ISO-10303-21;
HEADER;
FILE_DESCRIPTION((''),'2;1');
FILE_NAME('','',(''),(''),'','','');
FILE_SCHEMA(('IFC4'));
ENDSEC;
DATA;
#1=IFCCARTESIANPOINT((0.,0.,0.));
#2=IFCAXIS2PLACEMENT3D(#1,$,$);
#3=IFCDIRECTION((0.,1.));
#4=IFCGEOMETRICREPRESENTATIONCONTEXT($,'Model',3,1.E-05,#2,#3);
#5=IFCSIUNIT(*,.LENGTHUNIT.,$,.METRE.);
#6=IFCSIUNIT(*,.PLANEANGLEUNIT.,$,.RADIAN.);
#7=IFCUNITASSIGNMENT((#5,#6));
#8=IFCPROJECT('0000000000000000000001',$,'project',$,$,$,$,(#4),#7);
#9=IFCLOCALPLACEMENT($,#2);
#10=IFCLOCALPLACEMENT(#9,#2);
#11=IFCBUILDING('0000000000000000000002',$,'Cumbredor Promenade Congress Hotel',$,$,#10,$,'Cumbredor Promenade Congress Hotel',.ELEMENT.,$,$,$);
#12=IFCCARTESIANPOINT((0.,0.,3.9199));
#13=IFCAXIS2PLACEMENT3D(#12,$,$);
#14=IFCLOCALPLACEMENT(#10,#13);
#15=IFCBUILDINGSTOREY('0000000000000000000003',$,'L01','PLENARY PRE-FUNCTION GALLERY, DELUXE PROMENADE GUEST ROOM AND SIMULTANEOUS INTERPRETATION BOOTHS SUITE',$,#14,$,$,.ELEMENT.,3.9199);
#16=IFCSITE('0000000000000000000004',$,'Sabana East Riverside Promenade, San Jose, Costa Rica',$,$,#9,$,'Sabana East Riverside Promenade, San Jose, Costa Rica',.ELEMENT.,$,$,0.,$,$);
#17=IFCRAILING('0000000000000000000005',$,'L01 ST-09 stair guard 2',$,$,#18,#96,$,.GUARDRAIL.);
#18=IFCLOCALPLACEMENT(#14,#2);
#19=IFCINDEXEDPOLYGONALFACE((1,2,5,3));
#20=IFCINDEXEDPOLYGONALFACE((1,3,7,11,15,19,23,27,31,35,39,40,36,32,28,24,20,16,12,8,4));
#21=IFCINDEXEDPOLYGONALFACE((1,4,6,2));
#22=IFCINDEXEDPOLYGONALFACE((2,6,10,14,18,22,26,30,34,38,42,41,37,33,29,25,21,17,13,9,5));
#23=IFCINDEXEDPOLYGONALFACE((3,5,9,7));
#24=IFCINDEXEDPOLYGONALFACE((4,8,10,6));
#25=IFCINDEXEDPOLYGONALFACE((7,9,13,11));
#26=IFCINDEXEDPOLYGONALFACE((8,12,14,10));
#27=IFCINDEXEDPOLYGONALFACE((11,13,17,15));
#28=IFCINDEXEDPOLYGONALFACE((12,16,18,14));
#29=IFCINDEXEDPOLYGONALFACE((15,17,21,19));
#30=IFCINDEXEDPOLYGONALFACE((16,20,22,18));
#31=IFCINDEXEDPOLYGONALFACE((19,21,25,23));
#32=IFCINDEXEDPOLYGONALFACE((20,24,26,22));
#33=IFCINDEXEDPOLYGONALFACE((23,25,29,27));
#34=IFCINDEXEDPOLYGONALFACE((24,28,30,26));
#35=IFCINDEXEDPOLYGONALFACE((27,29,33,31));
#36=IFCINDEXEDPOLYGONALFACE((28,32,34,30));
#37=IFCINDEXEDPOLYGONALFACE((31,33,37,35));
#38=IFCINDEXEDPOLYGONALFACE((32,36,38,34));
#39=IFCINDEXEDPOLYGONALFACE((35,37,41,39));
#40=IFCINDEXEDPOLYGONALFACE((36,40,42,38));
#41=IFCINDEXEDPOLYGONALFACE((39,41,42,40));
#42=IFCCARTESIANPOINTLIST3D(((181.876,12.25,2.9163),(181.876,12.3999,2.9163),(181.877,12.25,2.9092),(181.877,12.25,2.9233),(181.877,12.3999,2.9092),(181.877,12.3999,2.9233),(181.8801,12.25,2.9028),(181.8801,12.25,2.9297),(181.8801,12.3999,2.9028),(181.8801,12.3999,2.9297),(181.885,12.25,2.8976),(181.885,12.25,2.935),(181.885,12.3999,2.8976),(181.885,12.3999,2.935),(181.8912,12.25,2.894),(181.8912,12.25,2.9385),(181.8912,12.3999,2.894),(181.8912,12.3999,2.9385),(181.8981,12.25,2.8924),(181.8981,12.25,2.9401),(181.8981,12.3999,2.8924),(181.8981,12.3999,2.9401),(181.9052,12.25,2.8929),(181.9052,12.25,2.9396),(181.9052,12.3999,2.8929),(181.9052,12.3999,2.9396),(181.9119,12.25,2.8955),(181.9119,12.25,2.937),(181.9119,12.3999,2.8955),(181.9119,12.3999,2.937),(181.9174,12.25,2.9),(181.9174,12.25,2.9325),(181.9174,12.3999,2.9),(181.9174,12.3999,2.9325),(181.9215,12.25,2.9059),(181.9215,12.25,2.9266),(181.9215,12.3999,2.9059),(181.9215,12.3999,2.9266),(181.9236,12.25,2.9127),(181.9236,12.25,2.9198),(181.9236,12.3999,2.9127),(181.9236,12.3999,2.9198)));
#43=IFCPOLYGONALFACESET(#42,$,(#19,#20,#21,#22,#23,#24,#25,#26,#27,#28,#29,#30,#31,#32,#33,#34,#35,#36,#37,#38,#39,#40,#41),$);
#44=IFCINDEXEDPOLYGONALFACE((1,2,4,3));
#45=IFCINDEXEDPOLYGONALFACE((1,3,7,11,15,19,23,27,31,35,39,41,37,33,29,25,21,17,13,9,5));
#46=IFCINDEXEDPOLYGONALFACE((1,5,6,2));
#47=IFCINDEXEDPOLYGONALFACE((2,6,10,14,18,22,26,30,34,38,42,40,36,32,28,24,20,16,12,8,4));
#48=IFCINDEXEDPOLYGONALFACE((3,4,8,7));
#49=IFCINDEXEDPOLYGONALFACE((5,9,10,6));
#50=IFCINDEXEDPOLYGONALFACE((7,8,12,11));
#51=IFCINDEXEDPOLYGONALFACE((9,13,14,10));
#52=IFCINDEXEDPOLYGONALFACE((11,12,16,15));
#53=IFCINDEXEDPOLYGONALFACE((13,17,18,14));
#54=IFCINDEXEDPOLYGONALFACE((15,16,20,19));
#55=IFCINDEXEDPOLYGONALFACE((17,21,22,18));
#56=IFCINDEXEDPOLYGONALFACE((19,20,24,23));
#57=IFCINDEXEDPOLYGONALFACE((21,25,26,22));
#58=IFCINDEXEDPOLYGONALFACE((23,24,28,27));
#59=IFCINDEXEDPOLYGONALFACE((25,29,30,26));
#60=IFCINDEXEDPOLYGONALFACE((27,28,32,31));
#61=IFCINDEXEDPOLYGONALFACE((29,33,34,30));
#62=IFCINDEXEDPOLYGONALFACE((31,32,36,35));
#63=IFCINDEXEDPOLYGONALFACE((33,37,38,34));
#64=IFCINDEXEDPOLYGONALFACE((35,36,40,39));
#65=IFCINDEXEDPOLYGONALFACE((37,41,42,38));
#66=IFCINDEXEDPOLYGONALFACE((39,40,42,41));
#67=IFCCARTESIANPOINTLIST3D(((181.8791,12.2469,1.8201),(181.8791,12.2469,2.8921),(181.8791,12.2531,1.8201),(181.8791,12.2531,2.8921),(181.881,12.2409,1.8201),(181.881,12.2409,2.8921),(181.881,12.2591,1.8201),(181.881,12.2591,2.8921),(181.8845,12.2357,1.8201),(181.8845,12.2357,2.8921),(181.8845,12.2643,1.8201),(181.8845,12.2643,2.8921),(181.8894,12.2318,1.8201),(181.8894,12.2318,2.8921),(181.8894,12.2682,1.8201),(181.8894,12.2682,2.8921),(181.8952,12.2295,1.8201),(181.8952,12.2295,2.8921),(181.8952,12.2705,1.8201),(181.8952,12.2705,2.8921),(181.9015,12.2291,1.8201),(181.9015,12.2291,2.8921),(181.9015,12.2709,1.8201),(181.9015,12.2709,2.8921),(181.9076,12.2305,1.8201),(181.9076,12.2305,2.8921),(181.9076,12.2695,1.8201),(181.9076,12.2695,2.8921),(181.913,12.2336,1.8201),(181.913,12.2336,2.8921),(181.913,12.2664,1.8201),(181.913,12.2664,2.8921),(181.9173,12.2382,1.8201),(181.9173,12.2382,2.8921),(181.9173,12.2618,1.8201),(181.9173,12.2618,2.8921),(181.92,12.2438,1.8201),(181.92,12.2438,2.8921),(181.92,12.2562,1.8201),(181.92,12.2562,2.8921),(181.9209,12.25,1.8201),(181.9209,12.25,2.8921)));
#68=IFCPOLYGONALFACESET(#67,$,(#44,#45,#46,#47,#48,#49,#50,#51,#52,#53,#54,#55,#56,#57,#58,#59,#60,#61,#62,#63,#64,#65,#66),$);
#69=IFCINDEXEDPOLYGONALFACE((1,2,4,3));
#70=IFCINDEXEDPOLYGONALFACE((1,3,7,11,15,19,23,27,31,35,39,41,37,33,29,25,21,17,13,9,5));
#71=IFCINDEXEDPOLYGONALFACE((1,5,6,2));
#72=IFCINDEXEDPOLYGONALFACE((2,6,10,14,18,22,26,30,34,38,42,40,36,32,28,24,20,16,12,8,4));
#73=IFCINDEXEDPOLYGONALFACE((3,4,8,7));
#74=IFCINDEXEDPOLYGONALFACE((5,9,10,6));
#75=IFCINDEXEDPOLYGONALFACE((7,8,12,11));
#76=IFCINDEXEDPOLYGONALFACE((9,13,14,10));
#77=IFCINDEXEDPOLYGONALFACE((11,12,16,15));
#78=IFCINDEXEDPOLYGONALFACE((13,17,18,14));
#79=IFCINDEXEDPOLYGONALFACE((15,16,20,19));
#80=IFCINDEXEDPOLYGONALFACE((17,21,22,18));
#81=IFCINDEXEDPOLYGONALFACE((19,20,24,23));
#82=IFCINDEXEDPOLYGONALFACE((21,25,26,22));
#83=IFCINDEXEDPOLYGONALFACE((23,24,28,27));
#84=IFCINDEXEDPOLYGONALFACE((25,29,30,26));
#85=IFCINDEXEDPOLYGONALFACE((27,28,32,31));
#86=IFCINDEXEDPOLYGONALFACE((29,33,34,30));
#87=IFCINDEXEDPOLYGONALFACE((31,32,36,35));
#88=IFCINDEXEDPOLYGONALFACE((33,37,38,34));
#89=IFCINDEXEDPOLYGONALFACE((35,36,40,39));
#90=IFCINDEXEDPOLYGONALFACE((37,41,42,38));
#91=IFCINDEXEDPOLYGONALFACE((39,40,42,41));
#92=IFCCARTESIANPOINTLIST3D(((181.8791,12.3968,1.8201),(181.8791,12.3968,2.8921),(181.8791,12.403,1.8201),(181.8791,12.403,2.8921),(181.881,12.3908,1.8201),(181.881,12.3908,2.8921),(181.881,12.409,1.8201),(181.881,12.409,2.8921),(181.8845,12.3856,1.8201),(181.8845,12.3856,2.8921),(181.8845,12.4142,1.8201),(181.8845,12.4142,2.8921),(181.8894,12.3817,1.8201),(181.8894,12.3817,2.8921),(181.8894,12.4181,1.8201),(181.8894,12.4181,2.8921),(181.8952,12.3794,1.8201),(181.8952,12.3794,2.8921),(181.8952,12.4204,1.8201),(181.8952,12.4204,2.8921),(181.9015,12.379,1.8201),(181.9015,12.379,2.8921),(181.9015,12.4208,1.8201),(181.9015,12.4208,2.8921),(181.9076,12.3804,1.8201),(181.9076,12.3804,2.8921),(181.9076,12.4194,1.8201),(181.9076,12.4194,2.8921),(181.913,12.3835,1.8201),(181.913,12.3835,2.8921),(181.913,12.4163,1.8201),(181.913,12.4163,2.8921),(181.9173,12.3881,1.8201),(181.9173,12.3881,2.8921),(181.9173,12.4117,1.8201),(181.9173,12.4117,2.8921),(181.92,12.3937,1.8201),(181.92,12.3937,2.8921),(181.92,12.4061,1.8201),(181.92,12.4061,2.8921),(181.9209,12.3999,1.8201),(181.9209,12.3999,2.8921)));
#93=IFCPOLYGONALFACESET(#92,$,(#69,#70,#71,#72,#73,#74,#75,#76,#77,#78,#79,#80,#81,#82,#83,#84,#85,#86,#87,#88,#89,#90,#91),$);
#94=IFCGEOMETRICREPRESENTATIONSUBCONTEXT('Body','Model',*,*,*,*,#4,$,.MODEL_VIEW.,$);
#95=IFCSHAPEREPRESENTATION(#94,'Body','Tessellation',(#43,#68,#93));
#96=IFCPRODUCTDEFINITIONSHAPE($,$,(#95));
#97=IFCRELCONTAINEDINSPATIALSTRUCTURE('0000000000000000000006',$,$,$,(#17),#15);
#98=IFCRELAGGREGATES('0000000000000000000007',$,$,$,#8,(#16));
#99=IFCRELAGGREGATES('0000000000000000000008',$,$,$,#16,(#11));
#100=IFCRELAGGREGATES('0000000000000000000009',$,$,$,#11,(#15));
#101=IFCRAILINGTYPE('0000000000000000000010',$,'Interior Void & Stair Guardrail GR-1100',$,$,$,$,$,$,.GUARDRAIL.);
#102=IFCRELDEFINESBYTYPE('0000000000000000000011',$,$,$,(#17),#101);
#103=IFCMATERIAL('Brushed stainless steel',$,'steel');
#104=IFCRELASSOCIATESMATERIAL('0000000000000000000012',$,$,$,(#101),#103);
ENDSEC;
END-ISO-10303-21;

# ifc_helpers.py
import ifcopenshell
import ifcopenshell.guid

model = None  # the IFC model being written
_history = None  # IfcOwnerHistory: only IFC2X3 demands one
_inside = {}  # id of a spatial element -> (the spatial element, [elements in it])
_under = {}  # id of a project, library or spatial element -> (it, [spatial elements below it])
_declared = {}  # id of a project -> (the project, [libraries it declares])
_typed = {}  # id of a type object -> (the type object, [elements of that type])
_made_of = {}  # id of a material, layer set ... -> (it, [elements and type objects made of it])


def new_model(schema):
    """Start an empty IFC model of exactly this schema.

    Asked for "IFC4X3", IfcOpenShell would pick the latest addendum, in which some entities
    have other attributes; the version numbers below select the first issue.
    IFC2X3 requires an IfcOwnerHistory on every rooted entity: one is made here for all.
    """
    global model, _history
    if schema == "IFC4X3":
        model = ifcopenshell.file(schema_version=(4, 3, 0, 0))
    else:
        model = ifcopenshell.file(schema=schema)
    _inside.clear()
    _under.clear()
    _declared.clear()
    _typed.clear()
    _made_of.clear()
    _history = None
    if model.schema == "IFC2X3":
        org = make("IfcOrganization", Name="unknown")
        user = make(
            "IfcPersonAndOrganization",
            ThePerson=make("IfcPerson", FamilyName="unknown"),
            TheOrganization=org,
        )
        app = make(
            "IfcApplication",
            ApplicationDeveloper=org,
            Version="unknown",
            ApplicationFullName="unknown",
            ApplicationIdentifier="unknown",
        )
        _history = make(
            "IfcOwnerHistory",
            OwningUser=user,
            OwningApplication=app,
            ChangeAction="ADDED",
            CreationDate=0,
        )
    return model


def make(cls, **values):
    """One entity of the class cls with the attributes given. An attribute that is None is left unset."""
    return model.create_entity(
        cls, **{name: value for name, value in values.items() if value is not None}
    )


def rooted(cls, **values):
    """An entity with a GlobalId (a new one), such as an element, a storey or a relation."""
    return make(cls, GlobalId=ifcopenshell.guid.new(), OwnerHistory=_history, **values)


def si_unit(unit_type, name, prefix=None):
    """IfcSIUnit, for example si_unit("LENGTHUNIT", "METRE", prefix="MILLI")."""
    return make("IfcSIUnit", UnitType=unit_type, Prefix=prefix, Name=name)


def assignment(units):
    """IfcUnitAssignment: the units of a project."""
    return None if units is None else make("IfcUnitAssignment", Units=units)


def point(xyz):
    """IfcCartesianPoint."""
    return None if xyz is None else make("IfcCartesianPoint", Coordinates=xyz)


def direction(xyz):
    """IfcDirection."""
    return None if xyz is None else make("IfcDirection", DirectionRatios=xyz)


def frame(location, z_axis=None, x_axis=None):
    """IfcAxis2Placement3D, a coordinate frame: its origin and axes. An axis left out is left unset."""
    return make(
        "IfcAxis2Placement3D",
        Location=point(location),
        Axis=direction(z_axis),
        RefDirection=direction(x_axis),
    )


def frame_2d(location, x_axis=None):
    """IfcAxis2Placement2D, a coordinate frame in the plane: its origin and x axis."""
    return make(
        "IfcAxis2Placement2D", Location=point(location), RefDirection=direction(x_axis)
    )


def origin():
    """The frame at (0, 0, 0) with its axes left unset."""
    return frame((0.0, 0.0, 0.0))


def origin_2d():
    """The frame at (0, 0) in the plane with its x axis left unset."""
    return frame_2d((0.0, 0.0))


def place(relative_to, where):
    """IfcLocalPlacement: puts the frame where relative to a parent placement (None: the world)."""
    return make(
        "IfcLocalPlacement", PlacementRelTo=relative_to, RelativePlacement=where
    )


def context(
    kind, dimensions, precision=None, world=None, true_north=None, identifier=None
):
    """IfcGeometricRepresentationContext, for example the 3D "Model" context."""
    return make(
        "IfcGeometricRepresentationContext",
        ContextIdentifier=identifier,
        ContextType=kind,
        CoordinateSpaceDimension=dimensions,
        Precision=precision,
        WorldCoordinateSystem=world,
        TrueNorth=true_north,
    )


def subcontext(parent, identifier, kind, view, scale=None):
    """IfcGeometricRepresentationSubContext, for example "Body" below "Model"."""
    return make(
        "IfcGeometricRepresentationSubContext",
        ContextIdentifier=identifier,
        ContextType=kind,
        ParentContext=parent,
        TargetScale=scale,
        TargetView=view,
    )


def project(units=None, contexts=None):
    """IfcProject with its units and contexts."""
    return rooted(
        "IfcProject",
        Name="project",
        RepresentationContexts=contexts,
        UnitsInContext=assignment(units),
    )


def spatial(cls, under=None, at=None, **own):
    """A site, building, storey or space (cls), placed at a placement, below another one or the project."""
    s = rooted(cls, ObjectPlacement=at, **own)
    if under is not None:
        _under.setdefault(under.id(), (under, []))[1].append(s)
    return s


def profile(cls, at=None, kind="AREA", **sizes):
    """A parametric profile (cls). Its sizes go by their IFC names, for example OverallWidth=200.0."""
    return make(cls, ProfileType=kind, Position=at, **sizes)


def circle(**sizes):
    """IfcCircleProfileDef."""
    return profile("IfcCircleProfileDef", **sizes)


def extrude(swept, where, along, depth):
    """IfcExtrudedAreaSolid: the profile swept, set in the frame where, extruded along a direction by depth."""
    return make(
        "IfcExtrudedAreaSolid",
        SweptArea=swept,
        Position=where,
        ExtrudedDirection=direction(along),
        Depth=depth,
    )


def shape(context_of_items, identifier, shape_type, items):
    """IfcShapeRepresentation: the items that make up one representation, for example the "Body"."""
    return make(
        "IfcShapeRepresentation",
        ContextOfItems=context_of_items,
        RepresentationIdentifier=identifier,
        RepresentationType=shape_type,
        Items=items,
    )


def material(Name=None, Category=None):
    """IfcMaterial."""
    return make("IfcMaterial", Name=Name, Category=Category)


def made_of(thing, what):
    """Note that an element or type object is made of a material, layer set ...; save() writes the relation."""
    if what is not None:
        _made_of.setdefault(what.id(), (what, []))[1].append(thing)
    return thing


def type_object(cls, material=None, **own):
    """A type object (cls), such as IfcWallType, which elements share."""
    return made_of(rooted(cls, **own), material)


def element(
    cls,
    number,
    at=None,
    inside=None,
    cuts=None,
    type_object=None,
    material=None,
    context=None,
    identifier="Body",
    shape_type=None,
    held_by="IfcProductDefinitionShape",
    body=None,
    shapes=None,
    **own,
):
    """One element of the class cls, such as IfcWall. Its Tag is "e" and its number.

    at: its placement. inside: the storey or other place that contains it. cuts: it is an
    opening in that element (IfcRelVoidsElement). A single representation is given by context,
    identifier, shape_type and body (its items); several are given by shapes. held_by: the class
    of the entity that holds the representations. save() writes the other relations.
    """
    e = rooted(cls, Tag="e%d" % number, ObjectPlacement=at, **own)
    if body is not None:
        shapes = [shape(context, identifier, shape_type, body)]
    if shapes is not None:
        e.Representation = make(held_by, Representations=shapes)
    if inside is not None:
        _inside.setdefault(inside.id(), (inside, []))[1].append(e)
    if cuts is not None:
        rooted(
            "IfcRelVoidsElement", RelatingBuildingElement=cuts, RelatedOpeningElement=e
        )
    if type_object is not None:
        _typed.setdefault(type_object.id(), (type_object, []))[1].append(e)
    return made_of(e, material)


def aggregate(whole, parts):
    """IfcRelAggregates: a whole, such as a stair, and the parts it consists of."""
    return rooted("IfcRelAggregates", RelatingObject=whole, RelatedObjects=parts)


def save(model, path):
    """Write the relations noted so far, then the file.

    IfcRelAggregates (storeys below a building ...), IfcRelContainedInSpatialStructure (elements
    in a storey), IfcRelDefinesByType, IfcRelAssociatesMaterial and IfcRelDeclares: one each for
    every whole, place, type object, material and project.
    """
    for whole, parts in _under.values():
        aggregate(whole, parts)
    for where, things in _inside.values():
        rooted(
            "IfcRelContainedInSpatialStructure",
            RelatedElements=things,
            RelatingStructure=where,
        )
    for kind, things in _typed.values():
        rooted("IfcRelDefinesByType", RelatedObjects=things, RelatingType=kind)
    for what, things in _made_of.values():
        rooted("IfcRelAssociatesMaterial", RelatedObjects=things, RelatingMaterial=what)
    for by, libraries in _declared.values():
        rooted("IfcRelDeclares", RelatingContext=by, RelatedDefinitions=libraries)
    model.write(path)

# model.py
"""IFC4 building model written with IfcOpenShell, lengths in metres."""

from ifc_helpers import new_model, si_unit, direction, frame, origin, origin_2d, place, context, subcontext, project, spatial, circle, extrude, material, type_object, element, save


model = new_model("IFC4")

# Units and contexts
model_context = context("Model", 3, precision=1e-05, world=origin(), true_north=direction((0.0, 1.0)))
body_context = subcontext(model_context, "Body", "Model", "MODEL_VIEW")
ifc_project = project(units=[si_unit("LENGTHUNIT", "METRE"), si_unit("PLANEANGLEUNIT", "RADIAN")], contexts=[model_context])

# Site, building, storey
site_placement = place(None, origin())
site = spatial("IfcSite", under=ifc_project, at=site_placement, Name="Sabana East Riverside Promenade, San Jose, Costa Rica", LongName="Sabana East Riverside Promenade, San Jose, Costa Rica", CompositionType="ELEMENT", RefElevation=0.0)
building_placement = place(site_placement, origin())
building = spatial("IfcBuilding", under=site, at=building_placement, Name="Cumbredor Promenade Congress Hotel", LongName="Cumbredor Promenade Congress Hotel", CompositionType="ELEMENT")
storey_placement = place(building_placement, frame((0.0, 0.0, 3.9199)))
storey = spatial("IfcBuildingStorey", under=building, at=storey_placement, Name="L01", Description="PLENARY PRE-FUNCTION GALLERY, DELUXE PROMENADE GUEST ROOM AND SIMULTANEOUS INTERPRETATION BOOTHS SUITE", CompositionType="ELEMENT", Elevation=3.9199)

# Railing
ifc_material_1 = material(Name="Brushed stainless steel", Category="steel")
railing_type_1 = type_object("IfcRailingType", Name="Interior Void & Stair Guardrail GR-1100", PredefinedType="GUARDRAIL", material=ifc_material_1)
railing_1_placement = place(storey_placement, frame((181.8999, 12.25, 1.8201)))
element("IfcRailing", 1, at=railing_1_placement, inside=storey, type_object=railing_type_1, Name="L01 ST-09 stair guard 2", PredefinedType="GUARDRAIL", context=body_context, shape_type="SweptSolid", body=[
    extrude(circle(Radius=0.0239, at=origin_2d()), frame((0.0, 0.0, 1.0962), z_axis=(0.0, 1.0, 0.0), x_axis=(-1.0, 0.0, 0.0)), (0.0, 0.0, 1.0), 0.1499),
    extrude(circle(Radius=0.021, at=origin_2d()), origin(), (0.0, 0.0, 1.0), 1.072),
    extrude(circle(Radius=0.021, at=origin_2d()), frame((0.0, 0.1499, 0.0)), (0.0, 0.0, 1.0), 1.072),
])

save(model, "model.ifc")
